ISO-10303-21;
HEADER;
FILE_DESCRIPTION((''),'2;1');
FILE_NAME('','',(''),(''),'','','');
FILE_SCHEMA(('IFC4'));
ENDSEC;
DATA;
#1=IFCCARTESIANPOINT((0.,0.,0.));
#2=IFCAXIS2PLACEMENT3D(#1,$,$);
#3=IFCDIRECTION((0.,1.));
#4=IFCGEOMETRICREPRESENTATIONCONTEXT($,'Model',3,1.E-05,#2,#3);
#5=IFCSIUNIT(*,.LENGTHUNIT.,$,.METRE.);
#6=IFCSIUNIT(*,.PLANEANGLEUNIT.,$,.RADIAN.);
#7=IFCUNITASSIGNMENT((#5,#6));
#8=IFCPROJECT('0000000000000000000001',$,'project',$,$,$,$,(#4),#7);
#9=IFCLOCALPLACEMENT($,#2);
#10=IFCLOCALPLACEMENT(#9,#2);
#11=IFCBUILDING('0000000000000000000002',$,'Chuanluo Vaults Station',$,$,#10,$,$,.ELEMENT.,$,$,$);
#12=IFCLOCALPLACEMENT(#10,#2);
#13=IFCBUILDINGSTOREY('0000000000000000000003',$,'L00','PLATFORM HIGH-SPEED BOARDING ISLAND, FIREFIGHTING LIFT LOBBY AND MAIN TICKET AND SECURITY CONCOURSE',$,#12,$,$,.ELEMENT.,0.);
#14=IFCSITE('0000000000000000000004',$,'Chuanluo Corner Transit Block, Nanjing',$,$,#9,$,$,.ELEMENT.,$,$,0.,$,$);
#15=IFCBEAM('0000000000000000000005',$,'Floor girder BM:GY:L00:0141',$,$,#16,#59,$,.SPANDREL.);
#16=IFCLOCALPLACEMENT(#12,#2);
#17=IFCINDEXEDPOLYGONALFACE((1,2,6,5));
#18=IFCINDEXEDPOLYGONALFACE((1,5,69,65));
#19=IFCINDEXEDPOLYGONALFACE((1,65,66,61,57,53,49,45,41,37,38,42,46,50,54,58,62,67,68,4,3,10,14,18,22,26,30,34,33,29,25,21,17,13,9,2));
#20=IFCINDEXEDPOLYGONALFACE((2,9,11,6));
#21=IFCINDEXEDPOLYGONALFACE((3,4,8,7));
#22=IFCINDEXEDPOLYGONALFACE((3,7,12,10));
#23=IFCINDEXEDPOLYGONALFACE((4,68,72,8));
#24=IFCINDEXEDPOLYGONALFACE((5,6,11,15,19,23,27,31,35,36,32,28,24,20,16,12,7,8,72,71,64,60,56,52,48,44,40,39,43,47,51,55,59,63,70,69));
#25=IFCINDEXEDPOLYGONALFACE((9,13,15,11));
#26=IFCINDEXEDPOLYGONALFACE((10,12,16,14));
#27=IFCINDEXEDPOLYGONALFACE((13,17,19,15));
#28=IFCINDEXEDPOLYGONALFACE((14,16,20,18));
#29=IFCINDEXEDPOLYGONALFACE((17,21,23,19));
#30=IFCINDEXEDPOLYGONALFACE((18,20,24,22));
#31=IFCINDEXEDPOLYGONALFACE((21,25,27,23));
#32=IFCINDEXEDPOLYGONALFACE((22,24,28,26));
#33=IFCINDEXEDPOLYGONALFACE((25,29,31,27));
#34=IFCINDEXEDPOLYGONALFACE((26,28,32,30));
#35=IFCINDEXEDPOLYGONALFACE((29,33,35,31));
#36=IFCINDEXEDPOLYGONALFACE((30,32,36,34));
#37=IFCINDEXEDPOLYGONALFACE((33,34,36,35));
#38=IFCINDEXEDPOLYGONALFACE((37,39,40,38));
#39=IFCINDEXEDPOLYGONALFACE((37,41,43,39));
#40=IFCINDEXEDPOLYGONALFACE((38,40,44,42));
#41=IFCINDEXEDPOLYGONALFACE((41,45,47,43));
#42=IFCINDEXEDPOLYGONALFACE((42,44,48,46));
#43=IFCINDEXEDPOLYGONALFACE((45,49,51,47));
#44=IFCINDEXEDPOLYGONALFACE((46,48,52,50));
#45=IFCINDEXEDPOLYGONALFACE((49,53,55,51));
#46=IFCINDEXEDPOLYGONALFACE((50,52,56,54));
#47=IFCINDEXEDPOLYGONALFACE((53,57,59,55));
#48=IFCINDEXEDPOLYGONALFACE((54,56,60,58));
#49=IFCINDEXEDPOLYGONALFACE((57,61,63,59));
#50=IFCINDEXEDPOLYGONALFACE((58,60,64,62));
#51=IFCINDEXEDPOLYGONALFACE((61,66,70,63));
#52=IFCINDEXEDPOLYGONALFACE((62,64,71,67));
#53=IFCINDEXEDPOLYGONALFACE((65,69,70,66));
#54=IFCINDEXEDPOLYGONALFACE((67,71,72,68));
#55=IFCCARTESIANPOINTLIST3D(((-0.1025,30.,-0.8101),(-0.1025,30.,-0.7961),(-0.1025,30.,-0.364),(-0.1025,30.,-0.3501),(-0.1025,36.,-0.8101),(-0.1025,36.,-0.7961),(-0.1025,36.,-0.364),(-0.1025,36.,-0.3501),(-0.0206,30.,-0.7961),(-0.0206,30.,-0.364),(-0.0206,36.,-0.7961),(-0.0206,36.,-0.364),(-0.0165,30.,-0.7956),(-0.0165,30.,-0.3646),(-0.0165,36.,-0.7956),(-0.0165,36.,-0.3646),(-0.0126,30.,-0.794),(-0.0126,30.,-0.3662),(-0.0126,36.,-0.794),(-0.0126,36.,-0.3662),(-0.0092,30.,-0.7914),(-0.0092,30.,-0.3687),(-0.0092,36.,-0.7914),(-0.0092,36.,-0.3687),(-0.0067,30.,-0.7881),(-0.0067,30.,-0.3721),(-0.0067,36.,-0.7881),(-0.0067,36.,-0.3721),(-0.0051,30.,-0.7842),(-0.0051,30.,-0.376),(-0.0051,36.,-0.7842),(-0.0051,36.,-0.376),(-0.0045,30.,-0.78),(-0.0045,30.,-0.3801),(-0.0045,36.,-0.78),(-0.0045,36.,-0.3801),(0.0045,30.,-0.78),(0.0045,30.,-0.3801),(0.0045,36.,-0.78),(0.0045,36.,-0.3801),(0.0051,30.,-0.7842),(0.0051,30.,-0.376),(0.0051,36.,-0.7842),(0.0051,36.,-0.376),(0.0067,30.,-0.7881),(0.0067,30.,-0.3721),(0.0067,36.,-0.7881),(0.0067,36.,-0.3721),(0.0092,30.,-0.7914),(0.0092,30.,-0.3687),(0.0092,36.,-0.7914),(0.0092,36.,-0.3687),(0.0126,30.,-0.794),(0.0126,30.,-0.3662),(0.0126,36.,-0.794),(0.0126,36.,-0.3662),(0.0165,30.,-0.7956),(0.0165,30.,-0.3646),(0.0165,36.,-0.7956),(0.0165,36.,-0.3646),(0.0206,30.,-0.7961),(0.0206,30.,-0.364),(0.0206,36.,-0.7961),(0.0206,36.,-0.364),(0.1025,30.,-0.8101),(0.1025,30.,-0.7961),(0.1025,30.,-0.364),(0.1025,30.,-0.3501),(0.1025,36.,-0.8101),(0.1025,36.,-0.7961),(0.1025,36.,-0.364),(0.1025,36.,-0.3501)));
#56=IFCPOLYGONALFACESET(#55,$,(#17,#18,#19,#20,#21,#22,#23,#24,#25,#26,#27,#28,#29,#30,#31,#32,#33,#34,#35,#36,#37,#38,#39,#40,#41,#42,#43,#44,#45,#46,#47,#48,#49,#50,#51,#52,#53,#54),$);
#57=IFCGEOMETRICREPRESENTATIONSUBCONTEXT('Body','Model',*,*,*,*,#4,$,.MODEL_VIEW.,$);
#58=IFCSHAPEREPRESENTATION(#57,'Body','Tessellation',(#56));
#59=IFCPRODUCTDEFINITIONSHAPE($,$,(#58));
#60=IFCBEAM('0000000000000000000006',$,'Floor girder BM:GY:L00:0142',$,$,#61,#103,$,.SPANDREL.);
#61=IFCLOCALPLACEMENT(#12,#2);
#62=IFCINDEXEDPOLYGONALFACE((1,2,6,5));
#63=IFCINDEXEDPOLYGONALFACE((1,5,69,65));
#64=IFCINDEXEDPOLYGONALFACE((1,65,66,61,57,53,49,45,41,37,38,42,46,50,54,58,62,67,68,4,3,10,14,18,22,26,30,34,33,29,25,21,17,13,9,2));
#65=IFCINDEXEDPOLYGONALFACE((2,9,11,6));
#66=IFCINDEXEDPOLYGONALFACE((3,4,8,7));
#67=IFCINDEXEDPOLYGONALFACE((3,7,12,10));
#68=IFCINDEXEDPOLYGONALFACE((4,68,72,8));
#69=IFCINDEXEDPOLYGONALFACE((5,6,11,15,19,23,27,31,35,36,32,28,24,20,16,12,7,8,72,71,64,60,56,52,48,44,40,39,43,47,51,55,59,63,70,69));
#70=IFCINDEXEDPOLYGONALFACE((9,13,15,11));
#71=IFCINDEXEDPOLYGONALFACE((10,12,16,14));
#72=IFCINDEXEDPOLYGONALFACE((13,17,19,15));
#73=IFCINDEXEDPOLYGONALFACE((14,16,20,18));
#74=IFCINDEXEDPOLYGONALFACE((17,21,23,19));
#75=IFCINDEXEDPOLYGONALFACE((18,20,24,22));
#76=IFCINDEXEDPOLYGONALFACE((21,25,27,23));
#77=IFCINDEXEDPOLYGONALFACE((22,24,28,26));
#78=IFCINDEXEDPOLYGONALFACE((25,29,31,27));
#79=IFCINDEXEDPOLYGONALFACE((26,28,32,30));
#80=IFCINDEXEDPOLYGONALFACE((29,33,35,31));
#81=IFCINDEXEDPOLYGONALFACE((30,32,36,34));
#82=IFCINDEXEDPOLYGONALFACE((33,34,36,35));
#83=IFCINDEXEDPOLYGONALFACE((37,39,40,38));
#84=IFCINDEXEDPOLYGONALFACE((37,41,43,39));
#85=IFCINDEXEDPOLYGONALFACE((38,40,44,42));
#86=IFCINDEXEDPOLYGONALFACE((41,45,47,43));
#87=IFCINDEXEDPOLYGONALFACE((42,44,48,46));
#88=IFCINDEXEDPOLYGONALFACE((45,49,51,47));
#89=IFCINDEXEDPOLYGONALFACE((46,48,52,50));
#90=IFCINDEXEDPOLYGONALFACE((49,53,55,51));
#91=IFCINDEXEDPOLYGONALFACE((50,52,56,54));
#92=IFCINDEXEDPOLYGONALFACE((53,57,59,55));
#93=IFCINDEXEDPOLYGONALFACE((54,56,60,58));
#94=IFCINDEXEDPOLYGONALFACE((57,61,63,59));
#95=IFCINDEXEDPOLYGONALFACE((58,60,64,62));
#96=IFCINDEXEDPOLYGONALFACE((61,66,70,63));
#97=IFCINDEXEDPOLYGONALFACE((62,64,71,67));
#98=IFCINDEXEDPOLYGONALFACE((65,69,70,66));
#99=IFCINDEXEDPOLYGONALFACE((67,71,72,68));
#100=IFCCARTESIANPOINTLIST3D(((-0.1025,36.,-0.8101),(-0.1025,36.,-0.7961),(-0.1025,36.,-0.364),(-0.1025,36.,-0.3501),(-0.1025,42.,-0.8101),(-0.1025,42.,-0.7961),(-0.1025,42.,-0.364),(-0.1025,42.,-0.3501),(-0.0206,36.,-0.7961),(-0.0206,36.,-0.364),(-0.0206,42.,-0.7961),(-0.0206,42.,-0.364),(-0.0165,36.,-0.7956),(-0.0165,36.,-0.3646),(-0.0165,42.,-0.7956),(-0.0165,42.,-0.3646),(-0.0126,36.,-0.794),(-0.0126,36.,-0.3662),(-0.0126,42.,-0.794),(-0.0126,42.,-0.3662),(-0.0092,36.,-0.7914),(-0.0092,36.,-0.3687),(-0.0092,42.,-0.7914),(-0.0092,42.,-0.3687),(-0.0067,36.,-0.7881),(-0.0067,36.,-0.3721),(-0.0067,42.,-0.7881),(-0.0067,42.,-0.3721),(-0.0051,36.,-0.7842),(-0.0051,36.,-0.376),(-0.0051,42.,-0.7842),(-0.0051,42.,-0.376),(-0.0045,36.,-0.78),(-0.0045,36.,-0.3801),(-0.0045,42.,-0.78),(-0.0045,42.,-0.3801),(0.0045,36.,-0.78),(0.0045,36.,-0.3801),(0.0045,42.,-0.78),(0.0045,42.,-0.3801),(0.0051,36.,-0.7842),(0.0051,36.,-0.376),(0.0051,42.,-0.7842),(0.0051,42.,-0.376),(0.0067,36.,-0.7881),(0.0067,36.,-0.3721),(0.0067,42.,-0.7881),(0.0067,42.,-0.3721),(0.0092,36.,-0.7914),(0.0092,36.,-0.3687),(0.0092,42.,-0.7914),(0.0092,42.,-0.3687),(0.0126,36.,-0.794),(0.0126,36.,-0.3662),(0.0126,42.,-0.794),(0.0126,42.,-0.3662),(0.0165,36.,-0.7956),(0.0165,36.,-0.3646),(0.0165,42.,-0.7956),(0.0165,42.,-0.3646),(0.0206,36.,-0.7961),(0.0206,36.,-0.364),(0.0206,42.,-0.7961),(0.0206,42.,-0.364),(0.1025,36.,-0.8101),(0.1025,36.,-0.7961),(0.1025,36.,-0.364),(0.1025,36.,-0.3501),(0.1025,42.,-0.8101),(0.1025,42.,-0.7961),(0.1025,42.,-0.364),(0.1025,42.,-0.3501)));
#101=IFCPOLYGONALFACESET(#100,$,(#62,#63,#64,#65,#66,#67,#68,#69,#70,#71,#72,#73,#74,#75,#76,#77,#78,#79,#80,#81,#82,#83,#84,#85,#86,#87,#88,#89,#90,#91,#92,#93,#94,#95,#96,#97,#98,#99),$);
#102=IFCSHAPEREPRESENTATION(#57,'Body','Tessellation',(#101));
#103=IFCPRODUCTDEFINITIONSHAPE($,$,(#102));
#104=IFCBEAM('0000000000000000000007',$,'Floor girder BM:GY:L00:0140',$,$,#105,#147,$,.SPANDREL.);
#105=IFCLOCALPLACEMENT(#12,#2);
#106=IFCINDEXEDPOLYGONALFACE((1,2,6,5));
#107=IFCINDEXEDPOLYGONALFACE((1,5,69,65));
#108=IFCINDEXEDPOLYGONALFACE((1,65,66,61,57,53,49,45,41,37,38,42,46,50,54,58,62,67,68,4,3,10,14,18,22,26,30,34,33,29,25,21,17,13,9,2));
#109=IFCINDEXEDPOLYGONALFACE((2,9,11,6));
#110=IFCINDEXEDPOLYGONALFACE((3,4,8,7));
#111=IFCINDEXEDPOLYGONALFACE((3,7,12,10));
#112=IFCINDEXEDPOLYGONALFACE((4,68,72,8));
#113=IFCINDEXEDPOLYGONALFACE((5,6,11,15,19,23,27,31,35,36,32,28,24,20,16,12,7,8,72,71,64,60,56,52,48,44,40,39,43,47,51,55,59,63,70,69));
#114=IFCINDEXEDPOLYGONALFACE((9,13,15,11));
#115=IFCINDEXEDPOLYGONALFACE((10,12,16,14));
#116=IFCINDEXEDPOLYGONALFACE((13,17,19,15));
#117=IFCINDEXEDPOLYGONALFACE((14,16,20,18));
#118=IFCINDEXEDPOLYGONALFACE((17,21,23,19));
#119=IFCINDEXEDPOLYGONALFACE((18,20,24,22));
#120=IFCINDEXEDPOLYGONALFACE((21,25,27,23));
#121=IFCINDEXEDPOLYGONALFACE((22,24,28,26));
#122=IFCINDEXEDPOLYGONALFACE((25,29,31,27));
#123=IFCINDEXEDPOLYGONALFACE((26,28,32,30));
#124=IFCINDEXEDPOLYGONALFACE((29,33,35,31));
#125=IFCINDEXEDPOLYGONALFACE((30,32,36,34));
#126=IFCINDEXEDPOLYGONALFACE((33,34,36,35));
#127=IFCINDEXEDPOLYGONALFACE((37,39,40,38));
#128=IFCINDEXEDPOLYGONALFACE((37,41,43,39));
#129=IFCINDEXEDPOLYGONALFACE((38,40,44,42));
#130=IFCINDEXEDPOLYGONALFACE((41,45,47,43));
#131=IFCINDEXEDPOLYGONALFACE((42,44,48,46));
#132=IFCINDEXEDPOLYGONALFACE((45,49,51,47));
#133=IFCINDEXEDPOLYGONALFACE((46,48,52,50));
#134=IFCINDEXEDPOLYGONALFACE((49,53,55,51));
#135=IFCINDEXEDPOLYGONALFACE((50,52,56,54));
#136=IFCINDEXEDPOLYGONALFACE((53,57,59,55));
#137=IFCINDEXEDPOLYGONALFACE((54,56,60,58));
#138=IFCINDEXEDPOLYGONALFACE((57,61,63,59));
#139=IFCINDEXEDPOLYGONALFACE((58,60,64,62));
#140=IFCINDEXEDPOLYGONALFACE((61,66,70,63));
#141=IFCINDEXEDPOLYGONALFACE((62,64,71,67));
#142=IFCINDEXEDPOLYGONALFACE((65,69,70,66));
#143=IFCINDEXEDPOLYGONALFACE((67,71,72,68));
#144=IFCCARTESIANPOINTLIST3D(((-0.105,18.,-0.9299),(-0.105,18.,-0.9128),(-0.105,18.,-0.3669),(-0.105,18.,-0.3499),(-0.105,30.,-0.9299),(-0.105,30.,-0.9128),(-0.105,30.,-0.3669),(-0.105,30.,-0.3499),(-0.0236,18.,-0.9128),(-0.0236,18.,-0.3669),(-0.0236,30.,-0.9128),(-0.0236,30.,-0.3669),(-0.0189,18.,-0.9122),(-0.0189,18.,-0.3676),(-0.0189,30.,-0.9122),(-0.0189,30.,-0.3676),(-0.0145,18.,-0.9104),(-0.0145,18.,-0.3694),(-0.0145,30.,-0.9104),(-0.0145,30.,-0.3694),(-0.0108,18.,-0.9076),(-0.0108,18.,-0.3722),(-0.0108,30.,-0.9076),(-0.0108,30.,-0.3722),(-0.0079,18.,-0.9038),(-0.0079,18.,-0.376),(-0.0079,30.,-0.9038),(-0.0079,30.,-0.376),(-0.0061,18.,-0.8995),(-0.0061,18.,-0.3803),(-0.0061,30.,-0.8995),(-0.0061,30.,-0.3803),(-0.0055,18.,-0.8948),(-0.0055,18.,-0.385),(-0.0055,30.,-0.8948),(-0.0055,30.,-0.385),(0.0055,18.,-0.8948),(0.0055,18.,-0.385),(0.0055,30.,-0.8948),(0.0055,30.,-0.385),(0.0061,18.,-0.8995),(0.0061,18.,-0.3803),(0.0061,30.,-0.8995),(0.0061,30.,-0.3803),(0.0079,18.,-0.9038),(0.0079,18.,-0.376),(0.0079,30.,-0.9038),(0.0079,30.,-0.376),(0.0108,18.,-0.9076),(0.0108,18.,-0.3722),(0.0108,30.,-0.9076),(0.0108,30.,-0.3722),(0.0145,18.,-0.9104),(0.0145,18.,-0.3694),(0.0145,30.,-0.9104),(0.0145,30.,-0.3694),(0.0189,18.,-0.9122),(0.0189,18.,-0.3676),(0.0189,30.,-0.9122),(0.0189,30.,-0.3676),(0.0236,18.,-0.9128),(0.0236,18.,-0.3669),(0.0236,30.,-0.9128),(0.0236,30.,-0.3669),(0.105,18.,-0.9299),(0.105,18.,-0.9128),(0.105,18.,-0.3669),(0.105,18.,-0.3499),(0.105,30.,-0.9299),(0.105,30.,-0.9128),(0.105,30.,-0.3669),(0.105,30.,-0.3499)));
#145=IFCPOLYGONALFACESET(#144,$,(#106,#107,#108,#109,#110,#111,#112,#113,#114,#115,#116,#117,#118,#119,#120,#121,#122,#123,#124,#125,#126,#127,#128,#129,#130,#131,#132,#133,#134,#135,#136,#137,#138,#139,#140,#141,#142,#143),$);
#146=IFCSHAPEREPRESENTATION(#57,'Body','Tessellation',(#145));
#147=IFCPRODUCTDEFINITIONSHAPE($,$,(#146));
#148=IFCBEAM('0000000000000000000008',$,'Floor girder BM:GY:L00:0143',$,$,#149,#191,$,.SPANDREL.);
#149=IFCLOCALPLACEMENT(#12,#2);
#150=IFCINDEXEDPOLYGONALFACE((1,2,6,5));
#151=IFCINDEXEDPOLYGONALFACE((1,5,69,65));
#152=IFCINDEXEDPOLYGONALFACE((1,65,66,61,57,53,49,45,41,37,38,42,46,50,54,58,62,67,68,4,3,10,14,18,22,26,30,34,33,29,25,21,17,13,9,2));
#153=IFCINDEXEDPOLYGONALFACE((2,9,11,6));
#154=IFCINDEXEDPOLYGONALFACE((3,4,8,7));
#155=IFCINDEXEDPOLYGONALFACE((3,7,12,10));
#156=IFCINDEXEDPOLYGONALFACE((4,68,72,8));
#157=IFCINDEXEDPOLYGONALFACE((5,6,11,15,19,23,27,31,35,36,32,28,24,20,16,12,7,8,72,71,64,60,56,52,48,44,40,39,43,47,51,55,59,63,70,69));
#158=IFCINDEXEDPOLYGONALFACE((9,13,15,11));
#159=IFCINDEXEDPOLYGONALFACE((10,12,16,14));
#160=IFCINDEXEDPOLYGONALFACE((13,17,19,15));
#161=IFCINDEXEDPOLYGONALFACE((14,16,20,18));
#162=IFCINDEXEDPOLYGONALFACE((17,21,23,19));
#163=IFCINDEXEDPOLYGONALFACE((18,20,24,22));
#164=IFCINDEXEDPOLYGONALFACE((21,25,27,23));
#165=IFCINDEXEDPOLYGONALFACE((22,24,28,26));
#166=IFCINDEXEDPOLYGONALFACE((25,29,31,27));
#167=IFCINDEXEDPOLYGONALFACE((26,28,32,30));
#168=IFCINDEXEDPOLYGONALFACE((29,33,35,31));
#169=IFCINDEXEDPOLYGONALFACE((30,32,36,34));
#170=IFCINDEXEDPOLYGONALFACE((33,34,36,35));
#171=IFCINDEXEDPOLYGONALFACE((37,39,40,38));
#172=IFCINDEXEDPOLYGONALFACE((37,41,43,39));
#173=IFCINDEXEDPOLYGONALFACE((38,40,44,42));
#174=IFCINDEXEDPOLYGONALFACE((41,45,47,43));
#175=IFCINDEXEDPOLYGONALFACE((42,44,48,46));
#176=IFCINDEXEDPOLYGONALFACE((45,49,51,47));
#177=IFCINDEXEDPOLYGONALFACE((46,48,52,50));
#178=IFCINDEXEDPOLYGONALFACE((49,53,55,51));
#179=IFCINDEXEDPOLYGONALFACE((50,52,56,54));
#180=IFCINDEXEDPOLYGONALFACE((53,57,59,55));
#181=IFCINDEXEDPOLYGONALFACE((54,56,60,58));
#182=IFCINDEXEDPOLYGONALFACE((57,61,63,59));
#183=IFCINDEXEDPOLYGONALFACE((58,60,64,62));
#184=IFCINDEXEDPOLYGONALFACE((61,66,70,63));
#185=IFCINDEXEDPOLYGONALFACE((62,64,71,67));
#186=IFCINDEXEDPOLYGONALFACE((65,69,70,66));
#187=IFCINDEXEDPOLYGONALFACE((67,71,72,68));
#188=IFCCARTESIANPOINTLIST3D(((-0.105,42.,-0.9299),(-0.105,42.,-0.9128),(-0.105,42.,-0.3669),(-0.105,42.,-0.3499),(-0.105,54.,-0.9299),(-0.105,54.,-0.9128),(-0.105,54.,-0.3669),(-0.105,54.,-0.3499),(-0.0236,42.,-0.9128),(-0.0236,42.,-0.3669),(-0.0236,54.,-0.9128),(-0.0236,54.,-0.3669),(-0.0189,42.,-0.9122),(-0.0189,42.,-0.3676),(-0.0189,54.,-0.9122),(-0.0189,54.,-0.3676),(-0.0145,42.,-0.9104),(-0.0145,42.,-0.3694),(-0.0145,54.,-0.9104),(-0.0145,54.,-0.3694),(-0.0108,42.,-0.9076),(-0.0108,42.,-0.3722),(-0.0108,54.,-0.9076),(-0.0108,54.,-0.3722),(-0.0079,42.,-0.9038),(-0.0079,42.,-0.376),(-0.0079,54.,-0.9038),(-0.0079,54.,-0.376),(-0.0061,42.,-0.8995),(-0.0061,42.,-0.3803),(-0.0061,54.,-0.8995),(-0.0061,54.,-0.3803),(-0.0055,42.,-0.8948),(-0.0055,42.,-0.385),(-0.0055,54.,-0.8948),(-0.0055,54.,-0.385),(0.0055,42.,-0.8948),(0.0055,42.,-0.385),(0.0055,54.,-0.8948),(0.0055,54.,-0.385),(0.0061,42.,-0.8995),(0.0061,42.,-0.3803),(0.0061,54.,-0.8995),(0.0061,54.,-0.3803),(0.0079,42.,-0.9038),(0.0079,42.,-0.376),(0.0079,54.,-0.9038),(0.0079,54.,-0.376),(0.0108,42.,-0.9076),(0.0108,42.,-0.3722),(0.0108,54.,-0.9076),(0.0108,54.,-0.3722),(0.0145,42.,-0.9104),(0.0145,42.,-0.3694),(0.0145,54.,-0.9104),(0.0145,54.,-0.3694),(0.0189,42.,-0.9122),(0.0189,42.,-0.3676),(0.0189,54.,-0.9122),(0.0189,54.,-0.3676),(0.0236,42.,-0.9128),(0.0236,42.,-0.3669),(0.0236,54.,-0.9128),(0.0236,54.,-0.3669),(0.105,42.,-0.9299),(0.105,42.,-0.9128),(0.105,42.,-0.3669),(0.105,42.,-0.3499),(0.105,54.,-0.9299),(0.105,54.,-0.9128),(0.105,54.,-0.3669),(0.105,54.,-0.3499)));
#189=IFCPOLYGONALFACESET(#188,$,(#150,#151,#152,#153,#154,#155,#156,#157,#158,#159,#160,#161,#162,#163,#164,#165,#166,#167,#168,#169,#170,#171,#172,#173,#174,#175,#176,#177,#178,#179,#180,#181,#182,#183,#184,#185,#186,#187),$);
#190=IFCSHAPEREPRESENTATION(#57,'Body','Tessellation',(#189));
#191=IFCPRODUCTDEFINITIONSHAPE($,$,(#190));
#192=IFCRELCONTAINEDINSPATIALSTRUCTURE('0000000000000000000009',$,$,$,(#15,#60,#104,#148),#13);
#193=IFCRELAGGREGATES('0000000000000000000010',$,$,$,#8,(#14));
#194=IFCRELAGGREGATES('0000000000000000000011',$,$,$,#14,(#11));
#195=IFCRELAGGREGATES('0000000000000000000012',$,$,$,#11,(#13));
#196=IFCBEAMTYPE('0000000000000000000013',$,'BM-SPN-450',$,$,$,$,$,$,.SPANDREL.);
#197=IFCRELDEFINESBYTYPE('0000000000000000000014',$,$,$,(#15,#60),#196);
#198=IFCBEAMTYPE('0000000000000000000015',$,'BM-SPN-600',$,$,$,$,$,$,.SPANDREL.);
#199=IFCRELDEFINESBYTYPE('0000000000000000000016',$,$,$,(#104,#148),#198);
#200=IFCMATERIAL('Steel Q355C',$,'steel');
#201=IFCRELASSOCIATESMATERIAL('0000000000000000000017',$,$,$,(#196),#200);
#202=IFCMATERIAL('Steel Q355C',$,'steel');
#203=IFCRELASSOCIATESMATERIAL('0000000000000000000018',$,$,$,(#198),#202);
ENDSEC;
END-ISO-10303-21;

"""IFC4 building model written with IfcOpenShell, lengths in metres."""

from ifc_helpers import new_model, si_unit, direction, frame, origin, origin_2d, place, context, subcontext, project, spatial, i_section, extrude, material, material_profile, profile_set, type_object, element, save


model = new_model("IFC4")

# Units and contexts
model_context = context("Model", 3, precision=1e-05, world=origin(), true_north=direction((0.0, 1.0)))
body_context = subcontext(model_context, "Body", "Model", "MODEL_VIEW")
ifc_project = project(units=[si_unit("LENGTHUNIT", "METRE"), si_unit("PLANEANGLEUNIT", "RADIAN")], contexts=[model_context])

# Site, building, storey
site_placement = place(None, origin())
site = spatial("IfcSite", under=ifc_project, at=site_placement, Name="Chuanluo Corner Transit Block, Nanjing", CompositionType="ELEMENT", RefElevation=0.0)
building_placement = place(site_placement, origin())
building = spatial("IfcBuilding", under=site, at=building_placement, Name="Chuanluo Vaults Station", CompositionType="ELEMENT")
storey_placement = place(building_placement, origin())
storey = spatial("IfcBuildingStorey", under=building, at=storey_placement, Name="L00", Description="PLATFORM HIGH-SPEED BOARDING ISLAND, FIREFIGHTING LIFT LOBBY AND MAIN TICKET AND SECURITY CONCOURSE", CompositionType="ELEMENT", Elevation=0.0)

# Beams
ifc_material_1 = material(Name="Steel Q355C", Category="steel")
ifc_material_profile_1 = material_profile(ifc_material_1, i_section(OverallWidth=0.2051, OverallDepth=0.46, WebThickness=0.009, FlangeThickness=0.0139, FilletRadius=0.0161, at=origin_2d()))
ifc_profile_set_1 = profile_set([ifc_material_profile_1], Name="Steel Q355C")
beam_type_1 = type_object("IfcBeamType", Name="BM-SPN-450", PredefinedType="SPANDREL", material=ifc_profile_set_1)
for number, where, z_axis, x_axis, name in (
    (1, (0.0, 30.0, -0.5801), (0.0, 1.0, 0.0), (-1.0, 0.0, 0.0), "Floor girder BM:GY:L00:0141"),
    (2, (0.0, 36.0, -0.5801), (0.0, 1.0, 0.0), (-1.0, 0.0, 0.0), "Floor girder BM:GY:L00:0142"),
):
    element("IfcBeam", number, at=place(storey_placement, frame(where, z_axis=z_axis, x_axis=x_axis)), inside=storey, type_object=beam_type_1, Name=name, PredefinedType="SPANDREL", context=body_context, shape_type="SweptSolid", body=[
        extrude(i_section(OverallWidth=0.2051, OverallDepth=0.46, WebThickness=0.009, FlangeThickness=0.0139, FilletRadius=0.0161, at=origin_2d()), origin(), (0.0, 0.0, 1.0), 6.0),
    ])
ifc_material_2 = material(Name="Steel Q355C", Category="steel")
ifc_material_profile_2 = material_profile(ifc_material_2, i_section(OverallWidth=0.21, OverallDepth=0.5801, WebThickness=0.011, FlangeThickness=0.0171, FilletRadius=0.0181, at=origin_2d()))
ifc_profile_set_2 = profile_set([ifc_material_profile_2], Name="Steel Q355C")
beam_type_2 = type_object("IfcBeamType", Name="BM-SPN-600", PredefinedType="SPANDREL", material=ifc_profile_set_2)
for number, where, z_axis, x_axis, name in (
    (3, (0.0, 18.0, -0.6399), (0.0, 1.0, 0.0), (-1.0, 0.0, 0.0), "Floor girder BM:GY:L00:0140"),
    (4, (0.0, 42.0, -0.6399), (0.0, 1.0, 0.0), (-1.0, 0.0, 0.0), "Floor girder BM:GY:L00:0143"),
):
    element("IfcBeam", number, at=place(storey_placement, frame(where, z_axis=z_axis, x_axis=x_axis)), inside=storey, type_object=beam_type_2, Name=name, PredefinedType="SPANDREL", context=body_context, shape_type="SweptSolid", body=[
        extrude(i_section(OverallWidth=0.21, OverallDepth=0.5801, WebThickness=0.011, FlangeThickness=0.0171, FilletRadius=0.0181, at=origin_2d()), origin(), (0.0, 0.0, 1.0), 12.0),
    ])

save(model, "model.ifc")
